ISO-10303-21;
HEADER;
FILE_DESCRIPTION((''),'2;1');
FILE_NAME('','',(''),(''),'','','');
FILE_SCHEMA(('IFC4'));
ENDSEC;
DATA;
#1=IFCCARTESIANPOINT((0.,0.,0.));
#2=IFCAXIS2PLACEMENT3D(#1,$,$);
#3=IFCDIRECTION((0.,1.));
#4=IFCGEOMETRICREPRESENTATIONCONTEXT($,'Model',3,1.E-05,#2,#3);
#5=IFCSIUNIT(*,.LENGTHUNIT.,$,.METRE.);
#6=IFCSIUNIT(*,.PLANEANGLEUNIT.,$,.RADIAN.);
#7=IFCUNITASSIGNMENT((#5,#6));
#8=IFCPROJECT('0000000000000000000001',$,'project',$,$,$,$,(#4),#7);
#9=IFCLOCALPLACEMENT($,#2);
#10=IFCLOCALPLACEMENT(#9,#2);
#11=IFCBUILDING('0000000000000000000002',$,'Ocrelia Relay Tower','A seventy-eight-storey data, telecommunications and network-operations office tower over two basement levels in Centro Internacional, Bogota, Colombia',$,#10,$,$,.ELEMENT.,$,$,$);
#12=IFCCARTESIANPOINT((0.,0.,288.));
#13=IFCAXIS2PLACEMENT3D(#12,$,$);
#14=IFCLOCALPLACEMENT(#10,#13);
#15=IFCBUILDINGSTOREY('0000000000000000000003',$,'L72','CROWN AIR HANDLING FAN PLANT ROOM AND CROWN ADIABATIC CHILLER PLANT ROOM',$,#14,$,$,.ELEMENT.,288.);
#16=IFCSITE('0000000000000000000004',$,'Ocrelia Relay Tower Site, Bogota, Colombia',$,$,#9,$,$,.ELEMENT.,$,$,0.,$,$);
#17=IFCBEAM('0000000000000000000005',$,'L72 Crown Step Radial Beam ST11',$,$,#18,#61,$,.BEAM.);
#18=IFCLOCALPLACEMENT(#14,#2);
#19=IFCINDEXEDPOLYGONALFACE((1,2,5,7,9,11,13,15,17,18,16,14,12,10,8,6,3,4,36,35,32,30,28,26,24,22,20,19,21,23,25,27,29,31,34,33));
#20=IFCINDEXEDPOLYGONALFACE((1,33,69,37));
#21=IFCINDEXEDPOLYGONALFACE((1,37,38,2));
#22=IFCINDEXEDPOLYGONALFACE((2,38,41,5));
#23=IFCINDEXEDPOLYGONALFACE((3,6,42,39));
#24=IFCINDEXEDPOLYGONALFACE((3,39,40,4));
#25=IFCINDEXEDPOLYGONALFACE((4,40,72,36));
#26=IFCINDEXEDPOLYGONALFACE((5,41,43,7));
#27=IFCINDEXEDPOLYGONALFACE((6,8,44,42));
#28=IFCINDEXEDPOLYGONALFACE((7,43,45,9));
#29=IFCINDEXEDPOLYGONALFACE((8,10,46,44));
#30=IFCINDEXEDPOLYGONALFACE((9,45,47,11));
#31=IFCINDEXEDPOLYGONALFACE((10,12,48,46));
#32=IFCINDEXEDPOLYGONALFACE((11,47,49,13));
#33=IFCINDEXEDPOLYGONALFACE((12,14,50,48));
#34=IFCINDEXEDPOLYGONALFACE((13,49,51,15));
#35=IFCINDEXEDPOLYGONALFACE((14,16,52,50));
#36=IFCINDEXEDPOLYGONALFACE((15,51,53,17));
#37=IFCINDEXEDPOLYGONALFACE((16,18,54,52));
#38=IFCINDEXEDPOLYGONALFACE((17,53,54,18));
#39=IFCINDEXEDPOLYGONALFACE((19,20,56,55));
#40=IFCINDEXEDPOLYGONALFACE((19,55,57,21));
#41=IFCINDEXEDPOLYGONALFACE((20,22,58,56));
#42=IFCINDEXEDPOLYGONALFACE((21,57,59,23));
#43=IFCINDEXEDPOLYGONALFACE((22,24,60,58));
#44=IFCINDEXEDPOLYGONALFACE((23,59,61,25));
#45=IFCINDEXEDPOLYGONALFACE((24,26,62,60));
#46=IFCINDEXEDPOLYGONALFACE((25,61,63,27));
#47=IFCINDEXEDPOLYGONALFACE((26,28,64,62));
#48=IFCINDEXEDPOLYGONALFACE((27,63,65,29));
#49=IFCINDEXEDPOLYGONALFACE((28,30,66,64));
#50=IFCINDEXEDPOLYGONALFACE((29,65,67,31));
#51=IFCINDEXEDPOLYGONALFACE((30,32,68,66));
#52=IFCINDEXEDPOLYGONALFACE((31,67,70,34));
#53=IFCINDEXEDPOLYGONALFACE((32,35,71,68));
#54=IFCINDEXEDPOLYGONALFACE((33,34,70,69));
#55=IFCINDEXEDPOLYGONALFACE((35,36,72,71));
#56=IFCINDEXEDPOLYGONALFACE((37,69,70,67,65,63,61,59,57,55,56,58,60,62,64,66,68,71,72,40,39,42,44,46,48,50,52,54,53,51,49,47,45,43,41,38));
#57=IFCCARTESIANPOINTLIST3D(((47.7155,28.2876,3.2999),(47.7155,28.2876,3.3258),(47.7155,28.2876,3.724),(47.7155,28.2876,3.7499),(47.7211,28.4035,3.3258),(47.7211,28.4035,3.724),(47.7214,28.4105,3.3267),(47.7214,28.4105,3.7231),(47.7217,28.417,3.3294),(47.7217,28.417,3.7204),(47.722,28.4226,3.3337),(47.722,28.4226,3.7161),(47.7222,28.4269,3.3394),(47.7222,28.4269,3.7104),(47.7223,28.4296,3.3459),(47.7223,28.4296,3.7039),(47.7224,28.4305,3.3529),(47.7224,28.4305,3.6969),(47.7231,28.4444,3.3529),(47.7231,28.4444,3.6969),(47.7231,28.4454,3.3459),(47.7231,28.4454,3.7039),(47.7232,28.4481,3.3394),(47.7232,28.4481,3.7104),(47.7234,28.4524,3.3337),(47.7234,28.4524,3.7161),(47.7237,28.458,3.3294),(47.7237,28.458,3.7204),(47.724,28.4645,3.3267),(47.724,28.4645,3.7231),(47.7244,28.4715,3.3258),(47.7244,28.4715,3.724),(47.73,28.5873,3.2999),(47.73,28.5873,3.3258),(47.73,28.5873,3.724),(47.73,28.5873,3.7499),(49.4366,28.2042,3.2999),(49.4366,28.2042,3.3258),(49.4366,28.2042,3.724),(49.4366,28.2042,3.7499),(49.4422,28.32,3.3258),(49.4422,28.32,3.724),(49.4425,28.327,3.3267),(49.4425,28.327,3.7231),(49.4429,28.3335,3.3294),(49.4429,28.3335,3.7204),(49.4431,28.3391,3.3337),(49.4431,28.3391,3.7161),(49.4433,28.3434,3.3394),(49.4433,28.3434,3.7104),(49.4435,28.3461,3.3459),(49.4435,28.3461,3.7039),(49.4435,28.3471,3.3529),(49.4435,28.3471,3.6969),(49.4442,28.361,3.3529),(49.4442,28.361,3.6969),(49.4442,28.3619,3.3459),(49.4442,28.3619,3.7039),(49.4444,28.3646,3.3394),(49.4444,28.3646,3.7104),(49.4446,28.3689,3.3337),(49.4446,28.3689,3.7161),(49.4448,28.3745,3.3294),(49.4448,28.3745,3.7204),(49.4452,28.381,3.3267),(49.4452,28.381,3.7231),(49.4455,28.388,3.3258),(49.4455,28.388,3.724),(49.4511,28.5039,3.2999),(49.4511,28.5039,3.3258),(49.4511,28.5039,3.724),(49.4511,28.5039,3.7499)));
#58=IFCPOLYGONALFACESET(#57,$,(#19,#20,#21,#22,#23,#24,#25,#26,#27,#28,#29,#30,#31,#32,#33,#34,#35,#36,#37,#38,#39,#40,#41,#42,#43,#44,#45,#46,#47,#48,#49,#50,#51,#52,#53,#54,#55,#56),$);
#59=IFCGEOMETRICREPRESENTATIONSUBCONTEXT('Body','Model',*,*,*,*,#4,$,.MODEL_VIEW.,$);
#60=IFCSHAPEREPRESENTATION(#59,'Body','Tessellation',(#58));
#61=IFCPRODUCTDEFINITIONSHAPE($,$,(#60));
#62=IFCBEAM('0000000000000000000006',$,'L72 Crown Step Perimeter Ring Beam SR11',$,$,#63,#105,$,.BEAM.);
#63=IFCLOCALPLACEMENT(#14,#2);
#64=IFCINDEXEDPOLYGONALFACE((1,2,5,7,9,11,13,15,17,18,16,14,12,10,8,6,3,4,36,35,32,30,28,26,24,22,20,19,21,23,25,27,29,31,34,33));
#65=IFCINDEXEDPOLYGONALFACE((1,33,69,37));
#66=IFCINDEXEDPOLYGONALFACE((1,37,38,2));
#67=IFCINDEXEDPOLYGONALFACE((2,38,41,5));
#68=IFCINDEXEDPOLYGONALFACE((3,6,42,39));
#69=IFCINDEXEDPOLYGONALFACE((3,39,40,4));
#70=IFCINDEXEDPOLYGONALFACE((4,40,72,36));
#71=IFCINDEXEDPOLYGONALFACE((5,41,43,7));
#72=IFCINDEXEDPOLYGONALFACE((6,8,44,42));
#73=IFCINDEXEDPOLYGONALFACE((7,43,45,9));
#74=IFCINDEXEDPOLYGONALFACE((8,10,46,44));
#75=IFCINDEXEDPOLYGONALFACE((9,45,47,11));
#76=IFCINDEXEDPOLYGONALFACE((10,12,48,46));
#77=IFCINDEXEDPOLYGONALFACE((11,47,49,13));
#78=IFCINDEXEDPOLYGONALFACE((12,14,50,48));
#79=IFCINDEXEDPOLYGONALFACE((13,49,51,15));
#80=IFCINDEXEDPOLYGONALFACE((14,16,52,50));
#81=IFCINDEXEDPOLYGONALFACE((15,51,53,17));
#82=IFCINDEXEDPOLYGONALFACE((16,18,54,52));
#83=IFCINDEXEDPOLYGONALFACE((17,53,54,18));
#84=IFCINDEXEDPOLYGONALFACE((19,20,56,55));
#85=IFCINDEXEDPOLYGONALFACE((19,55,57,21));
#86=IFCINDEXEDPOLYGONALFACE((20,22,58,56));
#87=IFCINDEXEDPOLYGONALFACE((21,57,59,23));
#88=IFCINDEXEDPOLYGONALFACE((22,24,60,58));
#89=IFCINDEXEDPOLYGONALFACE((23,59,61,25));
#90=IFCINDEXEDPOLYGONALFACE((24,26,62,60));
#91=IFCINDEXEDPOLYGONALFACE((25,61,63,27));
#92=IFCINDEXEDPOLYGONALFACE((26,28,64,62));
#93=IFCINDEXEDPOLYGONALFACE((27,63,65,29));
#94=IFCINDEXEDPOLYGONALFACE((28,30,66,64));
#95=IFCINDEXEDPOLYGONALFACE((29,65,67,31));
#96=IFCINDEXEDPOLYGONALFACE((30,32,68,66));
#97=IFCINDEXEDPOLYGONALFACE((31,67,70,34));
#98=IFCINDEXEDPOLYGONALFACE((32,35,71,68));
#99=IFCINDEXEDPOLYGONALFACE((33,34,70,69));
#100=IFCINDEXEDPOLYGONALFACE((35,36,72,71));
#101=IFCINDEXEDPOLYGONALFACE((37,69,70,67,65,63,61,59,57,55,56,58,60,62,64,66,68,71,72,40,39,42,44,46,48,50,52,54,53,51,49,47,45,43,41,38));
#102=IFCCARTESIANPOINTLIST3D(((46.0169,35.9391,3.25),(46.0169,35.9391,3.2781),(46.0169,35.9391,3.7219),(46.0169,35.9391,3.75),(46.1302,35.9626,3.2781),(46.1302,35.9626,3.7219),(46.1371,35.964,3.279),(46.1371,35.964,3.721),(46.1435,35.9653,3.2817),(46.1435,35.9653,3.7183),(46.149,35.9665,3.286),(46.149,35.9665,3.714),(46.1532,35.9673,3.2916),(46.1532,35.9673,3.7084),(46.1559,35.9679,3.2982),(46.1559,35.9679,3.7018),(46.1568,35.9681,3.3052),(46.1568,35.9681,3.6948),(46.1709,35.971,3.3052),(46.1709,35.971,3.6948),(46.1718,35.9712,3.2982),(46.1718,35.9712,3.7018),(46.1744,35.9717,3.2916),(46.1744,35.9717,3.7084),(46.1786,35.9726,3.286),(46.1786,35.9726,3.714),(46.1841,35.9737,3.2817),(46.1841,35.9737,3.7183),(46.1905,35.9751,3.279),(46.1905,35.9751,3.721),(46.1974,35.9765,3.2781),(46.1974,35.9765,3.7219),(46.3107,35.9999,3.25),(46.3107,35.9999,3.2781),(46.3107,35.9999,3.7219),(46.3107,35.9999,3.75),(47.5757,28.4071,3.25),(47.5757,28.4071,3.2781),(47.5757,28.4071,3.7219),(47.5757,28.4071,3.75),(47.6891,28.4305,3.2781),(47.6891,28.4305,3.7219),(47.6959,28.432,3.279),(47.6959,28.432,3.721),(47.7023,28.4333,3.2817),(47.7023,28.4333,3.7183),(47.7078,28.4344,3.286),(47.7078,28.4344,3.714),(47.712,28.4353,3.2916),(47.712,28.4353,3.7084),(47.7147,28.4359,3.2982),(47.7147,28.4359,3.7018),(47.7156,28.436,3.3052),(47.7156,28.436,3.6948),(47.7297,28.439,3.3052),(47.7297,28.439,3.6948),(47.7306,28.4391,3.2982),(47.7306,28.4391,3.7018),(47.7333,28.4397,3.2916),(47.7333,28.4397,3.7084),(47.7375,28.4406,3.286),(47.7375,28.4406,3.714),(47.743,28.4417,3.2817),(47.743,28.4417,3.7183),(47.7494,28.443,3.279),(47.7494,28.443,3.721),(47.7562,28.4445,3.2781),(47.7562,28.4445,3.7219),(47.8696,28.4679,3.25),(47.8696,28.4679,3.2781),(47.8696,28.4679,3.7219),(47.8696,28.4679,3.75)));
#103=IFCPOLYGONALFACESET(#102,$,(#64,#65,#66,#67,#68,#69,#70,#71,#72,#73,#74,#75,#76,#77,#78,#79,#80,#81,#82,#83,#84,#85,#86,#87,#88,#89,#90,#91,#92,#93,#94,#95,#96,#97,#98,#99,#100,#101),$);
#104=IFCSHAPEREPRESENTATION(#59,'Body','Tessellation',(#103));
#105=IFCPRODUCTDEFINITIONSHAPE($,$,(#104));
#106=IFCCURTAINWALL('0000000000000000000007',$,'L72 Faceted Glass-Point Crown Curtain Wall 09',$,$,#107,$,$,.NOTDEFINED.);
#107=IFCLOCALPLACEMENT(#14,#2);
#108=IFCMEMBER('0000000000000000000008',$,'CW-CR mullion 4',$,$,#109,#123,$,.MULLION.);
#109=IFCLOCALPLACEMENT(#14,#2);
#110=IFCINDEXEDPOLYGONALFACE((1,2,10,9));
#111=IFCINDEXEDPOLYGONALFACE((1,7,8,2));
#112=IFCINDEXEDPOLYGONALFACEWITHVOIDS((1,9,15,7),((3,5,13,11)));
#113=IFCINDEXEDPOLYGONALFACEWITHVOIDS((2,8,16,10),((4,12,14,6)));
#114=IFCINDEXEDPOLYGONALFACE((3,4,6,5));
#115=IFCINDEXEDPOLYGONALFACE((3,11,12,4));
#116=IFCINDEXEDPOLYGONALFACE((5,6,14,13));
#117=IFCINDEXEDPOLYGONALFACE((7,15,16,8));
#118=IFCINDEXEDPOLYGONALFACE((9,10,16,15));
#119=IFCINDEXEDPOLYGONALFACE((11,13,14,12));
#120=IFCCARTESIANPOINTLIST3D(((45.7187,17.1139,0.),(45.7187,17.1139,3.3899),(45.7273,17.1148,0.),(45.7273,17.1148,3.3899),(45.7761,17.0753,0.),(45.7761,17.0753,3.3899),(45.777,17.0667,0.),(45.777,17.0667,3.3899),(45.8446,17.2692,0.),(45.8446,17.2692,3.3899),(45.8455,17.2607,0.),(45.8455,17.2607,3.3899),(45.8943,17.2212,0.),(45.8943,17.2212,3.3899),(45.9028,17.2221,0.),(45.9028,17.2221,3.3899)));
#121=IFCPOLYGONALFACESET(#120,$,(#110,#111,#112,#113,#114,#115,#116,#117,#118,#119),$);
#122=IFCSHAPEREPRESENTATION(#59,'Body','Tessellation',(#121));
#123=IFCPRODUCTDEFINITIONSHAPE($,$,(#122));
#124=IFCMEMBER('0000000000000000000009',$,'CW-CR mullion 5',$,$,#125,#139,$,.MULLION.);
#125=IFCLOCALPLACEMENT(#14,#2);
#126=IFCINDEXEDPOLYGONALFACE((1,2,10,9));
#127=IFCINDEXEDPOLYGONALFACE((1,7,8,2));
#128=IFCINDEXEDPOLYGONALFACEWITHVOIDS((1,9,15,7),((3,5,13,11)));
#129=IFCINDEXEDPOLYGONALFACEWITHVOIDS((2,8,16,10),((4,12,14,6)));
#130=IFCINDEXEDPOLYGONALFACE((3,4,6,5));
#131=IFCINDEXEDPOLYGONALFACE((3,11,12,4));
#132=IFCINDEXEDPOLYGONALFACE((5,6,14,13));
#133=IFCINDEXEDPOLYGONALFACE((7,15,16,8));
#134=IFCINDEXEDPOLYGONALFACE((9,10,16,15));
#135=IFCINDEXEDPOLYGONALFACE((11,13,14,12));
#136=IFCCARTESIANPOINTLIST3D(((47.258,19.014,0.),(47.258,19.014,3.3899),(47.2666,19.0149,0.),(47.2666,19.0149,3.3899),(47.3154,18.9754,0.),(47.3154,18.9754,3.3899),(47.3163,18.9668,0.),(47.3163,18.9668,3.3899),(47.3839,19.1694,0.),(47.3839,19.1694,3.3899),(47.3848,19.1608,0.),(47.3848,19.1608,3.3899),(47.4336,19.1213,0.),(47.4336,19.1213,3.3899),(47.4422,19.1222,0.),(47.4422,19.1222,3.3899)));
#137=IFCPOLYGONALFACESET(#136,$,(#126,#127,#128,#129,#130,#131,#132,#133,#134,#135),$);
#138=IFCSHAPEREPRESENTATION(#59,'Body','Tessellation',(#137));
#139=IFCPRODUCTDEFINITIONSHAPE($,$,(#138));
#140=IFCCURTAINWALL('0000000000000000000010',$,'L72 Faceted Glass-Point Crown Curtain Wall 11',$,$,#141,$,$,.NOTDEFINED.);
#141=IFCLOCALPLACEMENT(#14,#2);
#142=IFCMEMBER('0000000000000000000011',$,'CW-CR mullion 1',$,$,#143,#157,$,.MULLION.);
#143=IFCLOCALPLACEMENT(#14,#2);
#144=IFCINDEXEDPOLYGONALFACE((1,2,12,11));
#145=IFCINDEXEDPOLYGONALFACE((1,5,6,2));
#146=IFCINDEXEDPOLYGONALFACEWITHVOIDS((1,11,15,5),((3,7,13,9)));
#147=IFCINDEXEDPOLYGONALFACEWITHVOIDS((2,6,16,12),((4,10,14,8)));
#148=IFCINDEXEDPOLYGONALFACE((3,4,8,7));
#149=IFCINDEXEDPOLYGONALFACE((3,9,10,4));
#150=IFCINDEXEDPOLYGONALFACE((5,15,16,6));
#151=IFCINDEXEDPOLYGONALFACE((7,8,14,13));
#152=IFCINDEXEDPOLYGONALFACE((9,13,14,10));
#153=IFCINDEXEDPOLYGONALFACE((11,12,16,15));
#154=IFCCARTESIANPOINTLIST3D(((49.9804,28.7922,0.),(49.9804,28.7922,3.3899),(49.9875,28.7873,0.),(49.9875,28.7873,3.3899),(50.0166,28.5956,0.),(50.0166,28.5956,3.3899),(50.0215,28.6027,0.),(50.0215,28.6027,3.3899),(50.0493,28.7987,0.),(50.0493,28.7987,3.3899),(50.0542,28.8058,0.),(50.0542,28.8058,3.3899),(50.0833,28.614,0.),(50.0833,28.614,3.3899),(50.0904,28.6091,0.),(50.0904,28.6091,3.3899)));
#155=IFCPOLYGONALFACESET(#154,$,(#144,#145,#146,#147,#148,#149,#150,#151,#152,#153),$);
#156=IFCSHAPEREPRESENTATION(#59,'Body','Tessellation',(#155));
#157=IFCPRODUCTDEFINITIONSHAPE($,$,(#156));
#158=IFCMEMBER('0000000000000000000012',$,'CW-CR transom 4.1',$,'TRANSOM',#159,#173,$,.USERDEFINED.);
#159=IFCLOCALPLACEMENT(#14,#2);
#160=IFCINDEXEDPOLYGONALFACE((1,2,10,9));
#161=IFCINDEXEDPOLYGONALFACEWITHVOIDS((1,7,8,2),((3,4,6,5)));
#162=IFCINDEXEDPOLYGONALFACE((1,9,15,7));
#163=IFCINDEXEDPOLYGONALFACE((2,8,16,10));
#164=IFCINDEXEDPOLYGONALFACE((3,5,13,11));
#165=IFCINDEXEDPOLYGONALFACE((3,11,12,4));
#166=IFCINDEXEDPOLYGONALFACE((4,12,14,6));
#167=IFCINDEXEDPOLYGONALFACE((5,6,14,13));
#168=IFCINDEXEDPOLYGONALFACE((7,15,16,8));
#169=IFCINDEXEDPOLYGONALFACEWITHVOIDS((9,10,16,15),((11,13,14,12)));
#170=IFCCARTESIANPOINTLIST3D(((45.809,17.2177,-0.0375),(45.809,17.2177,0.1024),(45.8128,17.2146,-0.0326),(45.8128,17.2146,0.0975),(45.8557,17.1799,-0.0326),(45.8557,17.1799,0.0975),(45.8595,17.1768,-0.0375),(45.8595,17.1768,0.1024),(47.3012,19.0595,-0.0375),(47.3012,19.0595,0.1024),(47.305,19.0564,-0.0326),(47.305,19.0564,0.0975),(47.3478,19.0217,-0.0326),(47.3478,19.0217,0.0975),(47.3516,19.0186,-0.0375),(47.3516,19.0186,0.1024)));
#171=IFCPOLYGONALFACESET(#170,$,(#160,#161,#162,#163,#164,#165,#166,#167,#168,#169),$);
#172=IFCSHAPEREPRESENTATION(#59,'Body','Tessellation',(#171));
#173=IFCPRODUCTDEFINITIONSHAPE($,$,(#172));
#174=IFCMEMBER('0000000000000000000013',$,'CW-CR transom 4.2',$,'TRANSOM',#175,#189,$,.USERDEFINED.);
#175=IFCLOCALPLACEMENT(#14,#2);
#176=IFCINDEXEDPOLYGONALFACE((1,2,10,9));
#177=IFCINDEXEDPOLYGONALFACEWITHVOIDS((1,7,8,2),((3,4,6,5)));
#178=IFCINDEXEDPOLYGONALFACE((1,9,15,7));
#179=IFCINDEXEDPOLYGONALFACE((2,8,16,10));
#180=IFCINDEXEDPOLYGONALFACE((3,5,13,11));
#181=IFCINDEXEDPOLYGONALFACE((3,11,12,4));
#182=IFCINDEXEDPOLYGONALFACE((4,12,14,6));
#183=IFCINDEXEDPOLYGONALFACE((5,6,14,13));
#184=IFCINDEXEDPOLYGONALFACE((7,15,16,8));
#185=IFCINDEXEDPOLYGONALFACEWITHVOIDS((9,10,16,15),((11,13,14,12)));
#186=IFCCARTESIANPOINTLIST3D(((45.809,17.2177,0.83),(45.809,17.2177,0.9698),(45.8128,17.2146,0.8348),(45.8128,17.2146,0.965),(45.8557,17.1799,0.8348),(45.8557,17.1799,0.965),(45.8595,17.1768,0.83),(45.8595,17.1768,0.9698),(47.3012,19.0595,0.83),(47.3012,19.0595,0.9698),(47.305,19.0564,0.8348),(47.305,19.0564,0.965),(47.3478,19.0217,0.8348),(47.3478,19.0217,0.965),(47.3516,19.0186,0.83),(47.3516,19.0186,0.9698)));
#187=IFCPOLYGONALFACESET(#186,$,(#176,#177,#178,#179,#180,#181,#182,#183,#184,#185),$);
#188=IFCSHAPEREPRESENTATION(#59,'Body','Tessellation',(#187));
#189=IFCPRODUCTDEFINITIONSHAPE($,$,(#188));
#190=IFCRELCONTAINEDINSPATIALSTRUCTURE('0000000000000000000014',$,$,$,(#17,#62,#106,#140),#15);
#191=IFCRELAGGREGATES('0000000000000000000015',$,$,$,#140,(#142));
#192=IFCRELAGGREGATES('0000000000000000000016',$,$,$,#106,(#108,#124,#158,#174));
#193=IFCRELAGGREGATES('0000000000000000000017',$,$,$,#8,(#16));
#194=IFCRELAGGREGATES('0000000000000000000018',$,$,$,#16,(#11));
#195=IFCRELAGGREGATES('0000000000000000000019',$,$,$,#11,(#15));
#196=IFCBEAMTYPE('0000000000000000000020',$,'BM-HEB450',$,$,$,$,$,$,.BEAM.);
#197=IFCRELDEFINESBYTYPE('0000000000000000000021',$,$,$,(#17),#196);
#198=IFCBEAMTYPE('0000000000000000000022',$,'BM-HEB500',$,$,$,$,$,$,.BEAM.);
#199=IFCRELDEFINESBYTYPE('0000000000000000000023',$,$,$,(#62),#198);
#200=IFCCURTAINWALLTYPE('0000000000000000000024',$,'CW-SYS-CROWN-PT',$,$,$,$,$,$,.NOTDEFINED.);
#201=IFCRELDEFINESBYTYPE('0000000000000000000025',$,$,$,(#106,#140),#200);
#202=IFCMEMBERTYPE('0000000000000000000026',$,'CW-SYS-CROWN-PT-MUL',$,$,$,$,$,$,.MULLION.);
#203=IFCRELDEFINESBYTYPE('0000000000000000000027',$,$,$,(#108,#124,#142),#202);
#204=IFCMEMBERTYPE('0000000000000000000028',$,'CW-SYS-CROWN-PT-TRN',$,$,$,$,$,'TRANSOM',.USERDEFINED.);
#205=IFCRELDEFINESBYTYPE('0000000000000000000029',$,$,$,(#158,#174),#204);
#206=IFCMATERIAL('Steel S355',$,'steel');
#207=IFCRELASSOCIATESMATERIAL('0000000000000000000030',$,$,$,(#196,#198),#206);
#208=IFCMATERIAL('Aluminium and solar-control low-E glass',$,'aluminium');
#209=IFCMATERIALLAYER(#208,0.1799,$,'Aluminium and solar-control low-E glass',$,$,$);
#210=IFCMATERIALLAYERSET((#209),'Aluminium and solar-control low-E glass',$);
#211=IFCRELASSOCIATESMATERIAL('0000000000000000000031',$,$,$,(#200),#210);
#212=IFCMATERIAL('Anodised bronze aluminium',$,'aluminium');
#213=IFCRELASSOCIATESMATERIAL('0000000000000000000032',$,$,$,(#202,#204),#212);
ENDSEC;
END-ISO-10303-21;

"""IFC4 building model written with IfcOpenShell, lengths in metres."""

from ifc_helpers import new_model, si_unit, direction, frame, origin, origin_2d, place, context, subcontext, project, spatial, hollow_rectangle, i_section, extrude, material, layer, layer_set, material_profile, profile_set, type_object, element, aggregate, save


model = new_model("IFC4")

# Units and contexts
model_context = context("Model", 3, precision=1e-05, world=origin(), true_north=direction((0.0, 1.0)))
body_context = subcontext(model_context, "Body", "Model", "MODEL_VIEW")
ifc_project = project(units=[si_unit("LENGTHUNIT", "METRE"), si_unit("PLANEANGLEUNIT", "RADIAN")], contexts=[model_context])

# Site, building, storey
site_placement = place(None, origin())
site = spatial("IfcSite", under=ifc_project, at=site_placement, Name="Ocrelia Relay Tower Site, Bogota, Colombia", CompositionType="ELEMENT", RefElevation=0.0)
building_placement = place(site_placement, origin())
building = spatial("IfcBuilding", under=site, at=building_placement, Name="Ocrelia Relay Tower", Description="A seventy-eight-storey data, telecommunications and network-operations office tower over two basement levels in Centro Internacional, Bogota, Colombia", CompositionType="ELEMENT")
storey_placement = place(building_placement, frame((0.0, 0.0, 288.0)))
storey = spatial("IfcBuildingStorey", under=building, at=storey_placement, Name="L72", Description="CROWN AIR HANDLING FAN PLANT ROOM AND CROWN ADIABATIC CHILLER PLANT ROOM", CompositionType="ELEMENT", Elevation=288.0)

# Beams
ifc_material_1 = material(Name="Steel S355", Category="steel")
ifc_material_profile_1 = material_profile(ifc_material_1, i_section(OverallWidth=0.3, OverallDepth=0.45, WebThickness=0.0139, FlangeThickness=0.0259, FilletRadius=0.0271, at=origin_2d()), Name="HEB 450")
ifc_profile_set_1 = profile_set([ifc_material_profile_1], Name="Steel S355")
beam_type_1 = type_object("IfcBeamType", Name="BM-HEB450", PredefinedType="BEAM", material=ifc_profile_set_1)
beam_1_placement = place(storey_placement, frame((49.4438, 28.354, 3.5249), z_axis=(-0.998825, 0.048454, 0.0), x_axis=(-0.048454, -0.998825, 0.0)))
element("IfcBeam", 1, at=beam_1_placement, inside=storey, type_object=beam_type_1, Name="L72 Crown Step Radial Beam ST11", PredefinedType="BEAM", context=body_context, shape_type="SweptSolid", body=[
    extrude(i_section(OverallWidth=0.3, OverallDepth=0.45, WebThickness=0.0139, FlangeThickness=0.0259, FilletRadius=0.0271, at=origin_2d()), origin(), (0.0, 0.0, 1.0), 1.7231),
])
ifc_material_profile_2 = material_profile(ifc_material_1, i_section(OverallWidth=0.3, OverallDepth=0.5, WebThickness=0.0144, FlangeThickness=0.0281, FilletRadius=0.0271, at=origin_2d()), Name="HEB 500")
ifc_profile_set_2 = profile_set([ifc_material_profile_2], Name="Steel S355")
beam_type_2 = type_object("IfcBeamType", Name="BM-HEB500", PredefinedType="BEAM", material=ifc_profile_set_2)
beam_2_placement = place(storey_placement, frame((47.7227, 28.4375, 3.5), z_axis=(-0.202668, 0.979248, 0.0), x_axis=(-0.979248, -0.202668, 0.0)))
element("IfcBeam", 2, at=beam_2_placement, inside=storey, type_object=beam_type_2, Name="L72 Crown Step Perimeter Ring Beam SR11", PredefinedType="BEAM", context=body_context, shape_type="SweptSolid", body=[
    extrude(i_section(OverallWidth=0.3, OverallDepth=0.5, WebThickness=0.0144, FlangeThickness=0.0281, FilletRadius=0.0271, at=origin_2d()), origin(), (0.0, 0.0, 1.0), 7.6917),
])

# Curtain wall, members
ifc_material_2 = material(Name="Aluminium and solar-control low-E glass", Category="aluminium")
ifc_layer_1 = layer(ifc_material_2, 0.1799, Name="Aluminium and solar-control low-E glass")
ifc_layer_set_1 = layer_set([ifc_layer_1], Name="Aluminium and solar-control low-E glass")
curtain_wall_type = type_object("IfcCurtainWallType", Name="CW-SYS-CROWN-PT", PredefinedType="NOTDEFINED", material=ifc_layer_set_1)
curtain_wall_1_placement = place(storey_placement, origin())
curtain_wall_1 = element("IfcCurtainWall", 3, at=curtain_wall_1_placement, inside=storey, type_object=curtain_wall_type, Name="L72 Faceted Glass-Point Crown Curtain Wall 09", PredefinedType="NOTDEFINED")
ifc_material_3 = material(Name="Anodised bronze aluminium", Category="aluminium")
ifc_material_profile_3 = material_profile(ifc_material_3, hollow_rectangle(XDim=0.075, YDim=0.2, WallThickness=0.0061, at=origin_2d()), Name="CW-MUL-200x75")
ifc_profile_set_3 = profile_set([ifc_material_profile_3], Name="Anodised bronze aluminium")
member_type_1 = type_object("IfcMemberType", Name="CW-SYS-CROWN-PT-MUL", PredefinedType="MULLION", material=ifc_profile_set_3)
member_1_placement = place(storey_placement, frame((45.8108, 17.168, 0.0), z_axis=(0.0, 0.0, 1.0), x_axis=(-0.776998, 0.629503, 0.0)))
member_1 = element("IfcMember", 4, at=member_1_placement, type_object=member_type_1, Name="CW-CR mullion 4", PredefinedType="MULLION", context=body_context, shape_type="SweptSolid", body=[
    extrude(hollow_rectangle(XDim=0.075, YDim=0.2, WallThickness=0.0061, at=origin_2d()), origin(), (0.0, 0.0, 1.0), 3.3899),
])
member_2_placement = place(storey_placement, frame((47.3501, 19.0681, 0.0), z_axis=(0.0, 0.0, 1.0), x_axis=(-0.776998, 0.629503, 0.0)))
member_2 = element("IfcMember", 5, at=member_2_placement, type_object=member_type_1, Name="CW-CR mullion 5", PredefinedType="MULLION", context=body_context, shape_type="SweptSolid", body=[
    extrude(hollow_rectangle(XDim=0.075, YDim=0.2, WallThickness=0.0061, at=origin_2d()), origin(), (0.0, 0.0, 1.0), 3.3899),
])

# Curtain wall, member
curtain_wall_2_placement = place(storey_placement, origin())
curtain_wall_2 = element("IfcCurtainWall", 6, at=curtain_wall_2_placement, inside=storey, type_object=curtain_wall_type, Name="L72 Faceted Glass-Point Crown Curtain Wall 11", PredefinedType="NOTDEFINED")
member_3_placement = place(storey_placement, frame((50.0354, 28.7007, 0.0), z_axis=(0.0, 0.0, 1.0), x_axis=(-0.983471, -0.181068, 0.0)))
member_3 = element("IfcMember", 7, at=member_3_placement, type_object=member_type_1, Name="CW-CR mullion 1", PredefinedType="MULLION", context=body_context, shape_type="SweptSolid", body=[
    extrude(hollow_rectangle(XDim=0.075, YDim=0.2, WallThickness=0.0061, at=origin_2d()), origin(), (0.0, 0.0, 1.0), 3.3899),
])

# Members
ifc_material_profile_4 = material_profile(ifc_material_3, hollow_rectangle(XDim=0.0649, YDim=0.1399, WallThickness=0.0049, at=origin_2d()), Name="CW-TRN-140x65")
ifc_profile_set_4 = profile_set([ifc_material_profile_4], Name="Anodised bronze aluminium")
member_type_2 = type_object("IfcMemberType", Name="CW-SYS-CROWN-PT-TRN", ElementType="TRANSOM", PredefinedType="USERDEFINED", material=ifc_profile_set_4)
member_4_placement = place(storey_placement, frame((45.8342, 17.1973, 0.0325), z_axis=(0.629506, 0.776995, 0.0), x_axis=(-0.776995, 0.629506, 0.0)))
member_4 = element("IfcMember", 8, at=member_4_placement, type_object=member_type_2, Name="CW-CR transom 4.1", ObjectType="TRANSOM", PredefinedType="USERDEFINED", context=body_context, shape_type="SweptSolid", body=[
    extrude(hollow_rectangle(XDim=0.0649, YDim=0.1399, WallThickness=0.0049, at=origin_2d()), origin(), (0.0, 0.0, 1.0), 2.3704),
])
member_5_placement = place(storey_placement, frame((45.8342, 17.1973, 0.8999), z_axis=(0.629506, 0.776995, 0.0), x_axis=(-0.776995, 0.629506, 0.0)))
member_5 = element("IfcMember", 9, at=member_5_placement, type_object=member_type_2, Name="CW-CR transom 4.2", ObjectType="TRANSOM", PredefinedType="USERDEFINED", context=body_context, shape_type="SweptSolid", body=[
    extrude(hollow_rectangle(XDim=0.0649, YDim=0.1399, WallThickness=0.0049, at=origin_2d()), origin(), (0.0, 0.0, 1.0), 2.3704),
])
aggregate(curtain_wall_2, [member_3])

aggregate(curtain_wall_1, [member_1, member_2, member_4, member_5])

save(model, "model.ifc")
